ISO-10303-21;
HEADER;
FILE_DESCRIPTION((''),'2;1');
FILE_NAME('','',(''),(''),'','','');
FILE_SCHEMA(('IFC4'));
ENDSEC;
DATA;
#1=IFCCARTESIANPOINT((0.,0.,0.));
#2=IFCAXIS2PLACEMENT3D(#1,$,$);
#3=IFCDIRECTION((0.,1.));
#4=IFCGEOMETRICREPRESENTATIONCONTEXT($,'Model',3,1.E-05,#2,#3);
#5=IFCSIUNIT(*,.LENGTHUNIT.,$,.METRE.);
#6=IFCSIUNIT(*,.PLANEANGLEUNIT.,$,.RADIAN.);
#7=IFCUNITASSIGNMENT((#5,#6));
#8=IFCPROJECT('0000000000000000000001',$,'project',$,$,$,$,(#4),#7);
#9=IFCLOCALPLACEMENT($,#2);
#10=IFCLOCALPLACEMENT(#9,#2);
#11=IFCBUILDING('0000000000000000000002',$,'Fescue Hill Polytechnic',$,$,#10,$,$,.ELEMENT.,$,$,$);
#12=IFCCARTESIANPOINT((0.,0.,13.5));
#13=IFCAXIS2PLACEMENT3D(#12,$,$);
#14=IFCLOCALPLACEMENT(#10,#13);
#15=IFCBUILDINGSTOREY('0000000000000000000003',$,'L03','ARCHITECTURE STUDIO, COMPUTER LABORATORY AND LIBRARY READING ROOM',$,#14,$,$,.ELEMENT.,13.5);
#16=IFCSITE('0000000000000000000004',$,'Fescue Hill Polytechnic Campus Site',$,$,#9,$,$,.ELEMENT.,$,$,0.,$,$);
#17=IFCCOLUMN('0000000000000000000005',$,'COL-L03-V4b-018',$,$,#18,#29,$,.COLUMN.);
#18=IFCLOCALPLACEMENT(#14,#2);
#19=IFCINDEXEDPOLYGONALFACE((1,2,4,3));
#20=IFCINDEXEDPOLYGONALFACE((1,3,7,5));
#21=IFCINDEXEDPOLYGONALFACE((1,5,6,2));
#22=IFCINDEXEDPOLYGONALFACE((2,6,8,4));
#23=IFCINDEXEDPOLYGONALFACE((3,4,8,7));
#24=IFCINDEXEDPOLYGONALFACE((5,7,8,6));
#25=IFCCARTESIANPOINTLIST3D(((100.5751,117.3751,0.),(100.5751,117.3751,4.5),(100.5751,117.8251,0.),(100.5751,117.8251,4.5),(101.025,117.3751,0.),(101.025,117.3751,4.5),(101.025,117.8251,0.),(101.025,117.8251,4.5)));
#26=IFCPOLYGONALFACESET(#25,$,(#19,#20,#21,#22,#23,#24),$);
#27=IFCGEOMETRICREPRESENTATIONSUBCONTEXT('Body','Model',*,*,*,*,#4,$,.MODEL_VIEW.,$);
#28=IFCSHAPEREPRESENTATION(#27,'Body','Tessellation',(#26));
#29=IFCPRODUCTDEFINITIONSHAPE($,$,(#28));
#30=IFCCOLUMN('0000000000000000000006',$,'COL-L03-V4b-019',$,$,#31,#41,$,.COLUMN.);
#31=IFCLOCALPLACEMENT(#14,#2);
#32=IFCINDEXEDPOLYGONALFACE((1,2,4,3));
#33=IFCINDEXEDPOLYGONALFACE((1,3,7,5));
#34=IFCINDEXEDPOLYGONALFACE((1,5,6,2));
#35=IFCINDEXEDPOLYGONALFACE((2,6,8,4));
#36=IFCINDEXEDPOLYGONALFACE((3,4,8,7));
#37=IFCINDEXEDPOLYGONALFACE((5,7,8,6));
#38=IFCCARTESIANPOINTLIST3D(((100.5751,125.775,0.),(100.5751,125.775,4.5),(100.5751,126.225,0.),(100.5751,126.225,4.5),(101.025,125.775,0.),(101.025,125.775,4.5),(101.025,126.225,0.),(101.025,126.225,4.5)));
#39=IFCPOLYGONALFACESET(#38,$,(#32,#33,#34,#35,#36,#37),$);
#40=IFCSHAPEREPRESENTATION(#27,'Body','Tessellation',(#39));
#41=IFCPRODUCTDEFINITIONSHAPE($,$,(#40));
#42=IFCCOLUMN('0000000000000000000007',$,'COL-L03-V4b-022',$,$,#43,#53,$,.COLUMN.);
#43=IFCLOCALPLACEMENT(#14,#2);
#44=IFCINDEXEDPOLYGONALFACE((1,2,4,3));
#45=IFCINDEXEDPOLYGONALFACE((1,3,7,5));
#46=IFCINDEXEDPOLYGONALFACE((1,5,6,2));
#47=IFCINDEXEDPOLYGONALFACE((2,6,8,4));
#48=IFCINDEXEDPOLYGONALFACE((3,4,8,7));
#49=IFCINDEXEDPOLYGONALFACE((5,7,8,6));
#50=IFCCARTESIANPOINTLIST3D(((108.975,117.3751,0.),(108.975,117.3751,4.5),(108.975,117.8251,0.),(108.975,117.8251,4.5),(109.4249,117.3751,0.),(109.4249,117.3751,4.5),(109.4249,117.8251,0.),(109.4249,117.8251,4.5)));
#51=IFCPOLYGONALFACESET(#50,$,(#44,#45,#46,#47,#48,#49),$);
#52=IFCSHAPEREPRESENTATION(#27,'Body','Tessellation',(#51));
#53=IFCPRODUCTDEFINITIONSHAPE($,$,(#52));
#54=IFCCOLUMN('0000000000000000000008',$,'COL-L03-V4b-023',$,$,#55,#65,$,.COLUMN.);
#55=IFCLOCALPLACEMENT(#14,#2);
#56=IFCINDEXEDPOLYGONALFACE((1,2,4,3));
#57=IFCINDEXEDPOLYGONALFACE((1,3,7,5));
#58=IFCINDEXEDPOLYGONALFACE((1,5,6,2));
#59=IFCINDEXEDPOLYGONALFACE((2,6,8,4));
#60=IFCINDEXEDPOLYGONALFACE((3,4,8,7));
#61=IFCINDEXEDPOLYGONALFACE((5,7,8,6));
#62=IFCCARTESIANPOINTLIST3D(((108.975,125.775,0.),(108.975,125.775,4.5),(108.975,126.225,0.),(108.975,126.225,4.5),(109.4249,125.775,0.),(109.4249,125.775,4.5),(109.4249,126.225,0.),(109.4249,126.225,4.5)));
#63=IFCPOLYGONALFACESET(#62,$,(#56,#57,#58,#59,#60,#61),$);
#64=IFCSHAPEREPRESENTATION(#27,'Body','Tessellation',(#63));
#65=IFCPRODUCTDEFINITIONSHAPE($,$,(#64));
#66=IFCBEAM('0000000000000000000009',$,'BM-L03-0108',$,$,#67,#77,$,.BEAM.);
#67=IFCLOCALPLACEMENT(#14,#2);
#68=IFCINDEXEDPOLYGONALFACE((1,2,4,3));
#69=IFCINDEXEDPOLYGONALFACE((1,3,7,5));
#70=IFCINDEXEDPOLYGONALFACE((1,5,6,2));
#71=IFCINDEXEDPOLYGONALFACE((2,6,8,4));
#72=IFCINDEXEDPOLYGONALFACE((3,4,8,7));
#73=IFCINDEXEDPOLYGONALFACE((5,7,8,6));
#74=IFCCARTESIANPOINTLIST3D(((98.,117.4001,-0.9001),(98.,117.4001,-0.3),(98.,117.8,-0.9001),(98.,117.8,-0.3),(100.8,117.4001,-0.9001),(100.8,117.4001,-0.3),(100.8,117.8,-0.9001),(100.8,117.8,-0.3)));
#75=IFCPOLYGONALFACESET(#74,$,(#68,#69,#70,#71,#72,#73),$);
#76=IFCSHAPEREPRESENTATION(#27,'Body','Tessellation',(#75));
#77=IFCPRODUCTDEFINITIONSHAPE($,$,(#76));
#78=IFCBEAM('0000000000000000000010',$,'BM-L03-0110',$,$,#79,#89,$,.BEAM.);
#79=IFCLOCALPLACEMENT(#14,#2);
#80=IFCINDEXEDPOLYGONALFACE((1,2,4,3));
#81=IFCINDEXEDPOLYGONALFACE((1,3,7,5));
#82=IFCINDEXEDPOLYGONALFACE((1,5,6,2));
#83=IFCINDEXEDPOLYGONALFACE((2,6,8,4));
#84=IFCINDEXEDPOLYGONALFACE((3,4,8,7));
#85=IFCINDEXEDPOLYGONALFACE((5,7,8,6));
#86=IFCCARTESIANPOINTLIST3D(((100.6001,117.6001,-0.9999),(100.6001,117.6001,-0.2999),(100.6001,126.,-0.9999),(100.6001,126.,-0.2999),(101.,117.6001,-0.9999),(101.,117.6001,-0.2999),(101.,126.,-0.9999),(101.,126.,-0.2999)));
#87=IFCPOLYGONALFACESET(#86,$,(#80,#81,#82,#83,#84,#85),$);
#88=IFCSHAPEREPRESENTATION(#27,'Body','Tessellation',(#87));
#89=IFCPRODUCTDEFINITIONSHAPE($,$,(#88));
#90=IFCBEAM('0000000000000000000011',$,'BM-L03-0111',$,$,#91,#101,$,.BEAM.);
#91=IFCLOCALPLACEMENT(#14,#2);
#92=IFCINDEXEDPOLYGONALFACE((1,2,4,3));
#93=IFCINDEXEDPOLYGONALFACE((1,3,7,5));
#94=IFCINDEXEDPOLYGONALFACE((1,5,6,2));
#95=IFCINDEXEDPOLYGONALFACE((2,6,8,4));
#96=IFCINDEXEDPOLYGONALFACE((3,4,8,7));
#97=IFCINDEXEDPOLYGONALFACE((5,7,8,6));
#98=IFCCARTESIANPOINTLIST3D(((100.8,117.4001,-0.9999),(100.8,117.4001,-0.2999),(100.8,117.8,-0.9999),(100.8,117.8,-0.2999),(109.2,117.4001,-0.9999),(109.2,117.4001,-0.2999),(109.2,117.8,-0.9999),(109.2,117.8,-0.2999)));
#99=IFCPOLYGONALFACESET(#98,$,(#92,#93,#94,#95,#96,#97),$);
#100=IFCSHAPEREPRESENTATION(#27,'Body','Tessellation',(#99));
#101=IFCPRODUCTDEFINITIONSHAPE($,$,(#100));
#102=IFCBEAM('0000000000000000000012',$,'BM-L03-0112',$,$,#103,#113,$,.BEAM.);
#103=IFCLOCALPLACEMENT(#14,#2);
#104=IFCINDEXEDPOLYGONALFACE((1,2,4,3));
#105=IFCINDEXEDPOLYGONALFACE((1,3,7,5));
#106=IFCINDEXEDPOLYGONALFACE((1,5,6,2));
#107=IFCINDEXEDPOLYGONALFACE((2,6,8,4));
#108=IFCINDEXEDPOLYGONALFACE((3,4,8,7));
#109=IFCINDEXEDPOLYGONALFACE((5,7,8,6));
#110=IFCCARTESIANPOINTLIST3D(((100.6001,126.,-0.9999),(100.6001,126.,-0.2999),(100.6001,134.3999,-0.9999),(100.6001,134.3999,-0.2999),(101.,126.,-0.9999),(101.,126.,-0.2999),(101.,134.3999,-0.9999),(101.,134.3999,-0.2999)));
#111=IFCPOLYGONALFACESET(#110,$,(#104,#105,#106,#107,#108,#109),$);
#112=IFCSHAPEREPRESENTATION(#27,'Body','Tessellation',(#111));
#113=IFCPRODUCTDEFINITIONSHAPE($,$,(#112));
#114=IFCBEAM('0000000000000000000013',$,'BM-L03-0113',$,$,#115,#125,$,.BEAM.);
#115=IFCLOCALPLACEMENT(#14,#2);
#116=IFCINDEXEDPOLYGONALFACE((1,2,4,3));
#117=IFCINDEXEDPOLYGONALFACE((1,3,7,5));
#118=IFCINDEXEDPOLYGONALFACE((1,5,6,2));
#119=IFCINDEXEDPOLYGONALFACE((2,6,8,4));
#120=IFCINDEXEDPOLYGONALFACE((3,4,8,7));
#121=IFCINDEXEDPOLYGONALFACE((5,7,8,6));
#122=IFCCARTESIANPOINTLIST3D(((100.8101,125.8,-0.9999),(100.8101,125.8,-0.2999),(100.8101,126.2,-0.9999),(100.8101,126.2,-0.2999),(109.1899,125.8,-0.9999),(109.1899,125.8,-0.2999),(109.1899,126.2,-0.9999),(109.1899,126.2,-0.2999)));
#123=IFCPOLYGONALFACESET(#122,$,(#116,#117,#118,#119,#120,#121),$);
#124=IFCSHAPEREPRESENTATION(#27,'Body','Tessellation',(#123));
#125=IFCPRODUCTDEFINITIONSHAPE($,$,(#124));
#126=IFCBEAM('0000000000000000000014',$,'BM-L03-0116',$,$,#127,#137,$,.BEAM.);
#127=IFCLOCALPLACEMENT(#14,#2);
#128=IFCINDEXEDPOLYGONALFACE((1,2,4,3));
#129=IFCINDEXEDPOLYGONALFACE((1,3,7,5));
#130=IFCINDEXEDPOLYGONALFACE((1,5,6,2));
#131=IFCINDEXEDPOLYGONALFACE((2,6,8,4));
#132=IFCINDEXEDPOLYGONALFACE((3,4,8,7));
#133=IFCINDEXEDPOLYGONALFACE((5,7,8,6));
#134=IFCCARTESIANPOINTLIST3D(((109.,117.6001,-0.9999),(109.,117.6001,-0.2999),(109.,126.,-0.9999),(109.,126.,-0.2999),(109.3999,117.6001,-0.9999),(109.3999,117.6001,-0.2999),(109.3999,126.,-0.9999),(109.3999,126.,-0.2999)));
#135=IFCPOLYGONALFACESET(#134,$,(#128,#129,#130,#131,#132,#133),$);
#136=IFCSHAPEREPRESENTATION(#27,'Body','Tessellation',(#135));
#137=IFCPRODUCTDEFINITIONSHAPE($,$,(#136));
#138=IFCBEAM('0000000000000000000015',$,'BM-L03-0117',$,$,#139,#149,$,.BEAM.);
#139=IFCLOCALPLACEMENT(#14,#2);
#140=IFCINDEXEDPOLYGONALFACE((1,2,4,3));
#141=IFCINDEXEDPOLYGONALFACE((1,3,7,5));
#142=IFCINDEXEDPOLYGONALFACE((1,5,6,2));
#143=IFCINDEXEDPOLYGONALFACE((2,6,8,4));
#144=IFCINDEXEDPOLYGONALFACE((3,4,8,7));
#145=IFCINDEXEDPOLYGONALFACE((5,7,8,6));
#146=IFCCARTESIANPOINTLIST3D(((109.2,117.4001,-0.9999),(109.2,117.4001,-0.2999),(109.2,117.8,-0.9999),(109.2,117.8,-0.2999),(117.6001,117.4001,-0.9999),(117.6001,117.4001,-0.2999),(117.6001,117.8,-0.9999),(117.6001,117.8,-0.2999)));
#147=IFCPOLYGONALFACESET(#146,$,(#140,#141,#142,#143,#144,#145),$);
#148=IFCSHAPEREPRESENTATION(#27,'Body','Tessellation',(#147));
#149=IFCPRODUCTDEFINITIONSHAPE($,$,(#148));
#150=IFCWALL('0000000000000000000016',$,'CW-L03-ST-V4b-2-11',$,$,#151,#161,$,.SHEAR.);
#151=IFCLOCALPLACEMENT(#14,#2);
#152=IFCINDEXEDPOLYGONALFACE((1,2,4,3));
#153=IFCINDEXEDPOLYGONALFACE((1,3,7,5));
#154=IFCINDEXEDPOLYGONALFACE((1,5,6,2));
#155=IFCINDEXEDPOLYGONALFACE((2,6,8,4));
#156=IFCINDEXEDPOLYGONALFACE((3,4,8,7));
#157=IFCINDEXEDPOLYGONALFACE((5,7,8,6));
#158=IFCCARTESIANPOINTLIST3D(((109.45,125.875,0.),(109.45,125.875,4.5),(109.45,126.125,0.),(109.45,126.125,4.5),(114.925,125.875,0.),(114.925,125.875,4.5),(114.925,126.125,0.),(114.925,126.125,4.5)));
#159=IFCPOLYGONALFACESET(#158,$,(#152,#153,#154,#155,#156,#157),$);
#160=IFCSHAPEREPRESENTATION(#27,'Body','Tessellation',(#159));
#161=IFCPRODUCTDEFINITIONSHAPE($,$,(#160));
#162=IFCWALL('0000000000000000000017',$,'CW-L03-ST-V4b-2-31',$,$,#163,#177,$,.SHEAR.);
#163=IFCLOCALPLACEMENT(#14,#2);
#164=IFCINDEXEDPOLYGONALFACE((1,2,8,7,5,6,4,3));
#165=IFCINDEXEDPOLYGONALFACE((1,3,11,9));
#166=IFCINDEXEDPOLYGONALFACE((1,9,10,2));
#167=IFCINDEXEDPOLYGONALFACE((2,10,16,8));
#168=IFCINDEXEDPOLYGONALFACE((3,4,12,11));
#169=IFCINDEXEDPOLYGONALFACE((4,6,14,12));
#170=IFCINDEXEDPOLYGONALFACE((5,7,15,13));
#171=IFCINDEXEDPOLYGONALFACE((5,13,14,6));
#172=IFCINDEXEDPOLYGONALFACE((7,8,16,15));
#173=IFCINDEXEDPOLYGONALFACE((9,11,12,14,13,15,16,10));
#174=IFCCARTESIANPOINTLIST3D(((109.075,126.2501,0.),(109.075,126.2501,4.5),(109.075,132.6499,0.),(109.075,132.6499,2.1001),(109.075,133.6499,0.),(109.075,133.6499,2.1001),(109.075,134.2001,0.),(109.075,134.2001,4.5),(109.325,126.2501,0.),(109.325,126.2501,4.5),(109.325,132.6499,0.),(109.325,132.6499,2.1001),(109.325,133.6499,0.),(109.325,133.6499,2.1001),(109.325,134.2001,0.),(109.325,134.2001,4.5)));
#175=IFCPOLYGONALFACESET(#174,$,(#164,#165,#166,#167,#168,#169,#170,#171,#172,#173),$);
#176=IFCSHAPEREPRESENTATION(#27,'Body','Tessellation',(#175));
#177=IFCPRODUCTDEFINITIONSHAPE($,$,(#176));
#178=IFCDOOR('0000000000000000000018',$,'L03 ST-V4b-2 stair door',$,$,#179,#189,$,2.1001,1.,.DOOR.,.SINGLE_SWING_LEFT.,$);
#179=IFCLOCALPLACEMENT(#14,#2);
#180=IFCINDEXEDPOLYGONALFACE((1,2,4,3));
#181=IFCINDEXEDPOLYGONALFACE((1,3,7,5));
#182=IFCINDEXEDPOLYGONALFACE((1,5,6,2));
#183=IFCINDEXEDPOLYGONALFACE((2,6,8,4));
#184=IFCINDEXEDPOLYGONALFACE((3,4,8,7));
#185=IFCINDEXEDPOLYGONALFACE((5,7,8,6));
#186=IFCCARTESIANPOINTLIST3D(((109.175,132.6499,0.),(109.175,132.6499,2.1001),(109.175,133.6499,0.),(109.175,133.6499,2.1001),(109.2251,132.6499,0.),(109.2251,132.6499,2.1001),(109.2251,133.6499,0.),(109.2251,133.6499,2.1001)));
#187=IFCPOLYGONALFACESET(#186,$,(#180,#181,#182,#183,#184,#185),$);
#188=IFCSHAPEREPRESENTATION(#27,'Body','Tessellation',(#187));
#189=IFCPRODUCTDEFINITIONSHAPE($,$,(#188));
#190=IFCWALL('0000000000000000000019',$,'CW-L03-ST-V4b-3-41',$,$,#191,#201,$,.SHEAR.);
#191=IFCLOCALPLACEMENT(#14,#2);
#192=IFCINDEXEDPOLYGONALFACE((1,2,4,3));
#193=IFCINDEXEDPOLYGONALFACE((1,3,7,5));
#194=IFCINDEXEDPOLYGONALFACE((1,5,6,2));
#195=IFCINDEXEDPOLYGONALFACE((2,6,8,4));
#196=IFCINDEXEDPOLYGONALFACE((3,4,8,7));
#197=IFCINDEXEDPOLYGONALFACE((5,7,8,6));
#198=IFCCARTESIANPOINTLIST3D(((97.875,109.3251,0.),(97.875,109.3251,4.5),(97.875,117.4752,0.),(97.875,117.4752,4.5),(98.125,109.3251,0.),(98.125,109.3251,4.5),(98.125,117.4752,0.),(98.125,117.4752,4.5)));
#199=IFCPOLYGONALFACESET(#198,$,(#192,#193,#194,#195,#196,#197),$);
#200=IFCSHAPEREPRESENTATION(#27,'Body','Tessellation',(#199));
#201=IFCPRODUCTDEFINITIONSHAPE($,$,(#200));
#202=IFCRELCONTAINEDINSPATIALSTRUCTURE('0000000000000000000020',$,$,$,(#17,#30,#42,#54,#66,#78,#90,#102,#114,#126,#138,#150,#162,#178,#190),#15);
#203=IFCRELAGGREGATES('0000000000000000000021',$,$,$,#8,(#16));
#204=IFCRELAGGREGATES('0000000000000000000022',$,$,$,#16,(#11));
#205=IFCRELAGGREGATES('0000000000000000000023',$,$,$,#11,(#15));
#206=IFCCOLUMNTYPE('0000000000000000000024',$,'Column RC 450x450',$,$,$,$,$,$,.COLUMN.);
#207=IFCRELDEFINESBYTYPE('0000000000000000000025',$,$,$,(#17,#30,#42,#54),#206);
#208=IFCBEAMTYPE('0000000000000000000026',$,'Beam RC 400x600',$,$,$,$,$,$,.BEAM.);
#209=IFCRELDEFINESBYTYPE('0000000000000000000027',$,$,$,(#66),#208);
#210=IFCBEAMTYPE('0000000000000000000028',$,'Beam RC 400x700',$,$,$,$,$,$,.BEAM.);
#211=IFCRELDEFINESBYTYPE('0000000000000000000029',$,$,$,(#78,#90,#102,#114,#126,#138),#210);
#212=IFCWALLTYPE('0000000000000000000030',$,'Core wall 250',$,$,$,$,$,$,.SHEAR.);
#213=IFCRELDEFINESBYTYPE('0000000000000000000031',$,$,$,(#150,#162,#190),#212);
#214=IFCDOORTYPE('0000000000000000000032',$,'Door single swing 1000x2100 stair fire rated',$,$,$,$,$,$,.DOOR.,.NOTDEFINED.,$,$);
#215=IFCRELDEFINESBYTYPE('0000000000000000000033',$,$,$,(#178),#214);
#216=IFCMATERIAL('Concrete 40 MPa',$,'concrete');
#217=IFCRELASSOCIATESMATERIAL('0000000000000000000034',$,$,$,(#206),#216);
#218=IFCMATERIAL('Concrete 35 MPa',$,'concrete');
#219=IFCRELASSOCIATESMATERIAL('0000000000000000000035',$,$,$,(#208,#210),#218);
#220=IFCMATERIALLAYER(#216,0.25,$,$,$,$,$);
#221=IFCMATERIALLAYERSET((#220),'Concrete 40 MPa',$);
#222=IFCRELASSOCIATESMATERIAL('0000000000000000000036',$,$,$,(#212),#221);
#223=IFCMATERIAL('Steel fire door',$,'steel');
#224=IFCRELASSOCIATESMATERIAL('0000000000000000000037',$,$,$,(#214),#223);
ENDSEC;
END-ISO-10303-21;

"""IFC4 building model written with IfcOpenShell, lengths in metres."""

from ifc_helpers import new_model, si_unit, direction, frame, frame_2d, origin, origin_2d, place, context, subcontext, project, spatial, rectangle, extrude, material, layer, layer_set, material_profile, profile_set, type_object, element, fill, save


model = new_model("IFC4")

# Units and contexts
model_context = context("Model", 3, precision=1e-05, world=origin(), true_north=direction((0.0, 1.0)))
body_context = subcontext(model_context, "Body", "Model", "MODEL_VIEW")
ifc_project = project(units=[si_unit("LENGTHUNIT", "METRE"), si_unit("PLANEANGLEUNIT", "RADIAN")], contexts=[model_context])

# Site, building, storey
site_placement = place(None, origin())
site = spatial("IfcSite", under=ifc_project, at=site_placement, Name="Fescue Hill Polytechnic Campus Site", CompositionType="ELEMENT", RefElevation=0.0)
building_placement = place(site_placement, origin())
building = spatial("IfcBuilding", under=site, at=building_placement, Name="Fescue Hill Polytechnic", CompositionType="ELEMENT")
storey_placement = place(building_placement, frame((0.0, 0.0, 13.5)))
storey = spatial("IfcBuildingStorey", under=building, at=storey_placement, Name="L03", Description="ARCHITECTURE STUDIO, COMPUTER LABORATORY AND LIBRARY READING ROOM", CompositionType="ELEMENT", Elevation=13.5)

# Columns
ifc_material_1 = material(Name="Concrete 40 MPa", Category="concrete")
ifc_material_profile_1 = material_profile(ifc_material_1, rectangle(XDim=0.45, YDim=0.45, at=origin_2d()), Name="RC 450x450")
ifc_profile_set_1 = profile_set([ifc_material_profile_1], Name="Concrete 40 MPa")
column_type = type_object("IfcColumnType", Name="Column RC 450x450", PredefinedType="COLUMN", material=ifc_profile_set_1)
for number, where, z_axis, x_axis, name in (
    (1, (100.8, 117.6001, 0.0), (0.0, 0.0, 1.0), (1.0, 0.0, 0.0), "COL-L03-V4b-018"),
    (2, (100.8, 126.0, 0.0), (0.0, 0.0, 1.0), (1.0, 0.0, 0.0), "COL-L03-V4b-019"),
    (3, (109.2, 117.6001, 0.0), (0.0, 0.0, 1.0), (1.0, 0.0, 0.0), "COL-L03-V4b-022"),
    (4, (109.2, 126.0, 0.0), (0.0, 0.0, 1.0), (1.0, 0.0, 0.0), "COL-L03-V4b-023"),
):
    element("IfcColumn", number, at=place(storey_placement, frame(where, z_axis=z_axis, x_axis=x_axis)), inside=storey, type_object=column_type, Name=name, PredefinedType="COLUMN", context=body_context, shape_type="SweptSolid", body=[
        extrude(rectangle(XDim=0.45, YDim=0.45, at=origin_2d()), origin(), (0.0, 0.0, 1.0), 4.5),
    ])

# Beams
ifc_material_2 = material(Name="Concrete 35 MPa", Category="concrete")
ifc_material_profile_2 = material_profile(ifc_material_2, rectangle(XDim=0.3999, YDim=0.6001, at=origin_2d()), Name="RC 400x600")
ifc_profile_set_2 = profile_set([ifc_material_profile_2], Name="Concrete 35 MPa")
beam_type_1 = type_object("IfcBeamType", Name="Beam RC 400x600", PredefinedType="BEAM", material=ifc_profile_set_2)
beam_1_placement = place(storey_placement, frame((98.0, 117.6001, -0.6001), z_axis=(1.0, 0.0, 0.0), x_axis=(0.0, 1.0, 0.0)))
element("IfcBeam", 5, at=beam_1_placement, inside=storey, type_object=beam_type_1, Name="BM-L03-0108", PredefinedType="BEAM", context=body_context, shape_type="SweptSolid", body=[
    extrude(rectangle(XDim=0.3999, YDim=0.6001, at=origin_2d()), origin(), (0.0, 0.0, 1.0), 2.8),
])
ifc_material_profile_3 = material_profile(ifc_material_2, rectangle(XDim=0.3999, YDim=0.7, at=origin_2d()), Name="RC 400x700")
ifc_profile_set_3 = profile_set([ifc_material_profile_3], Name="Concrete 35 MPa")
beam_type_2 = type_object("IfcBeamType", Name="Beam RC 400x700", PredefinedType="BEAM", material=ifc_profile_set_3)
for number, where, z_axis, x_axis, name in (
    (6, (100.8, 117.6001, -0.6499), (0.0, 1.0, 0.0), (-1.0, 0.0, 0.0), "BM-L03-0110"),
    (7, (100.8, 117.6001, -0.6499), (1.0, 0.0, 0.0), (0.0, 1.0, 0.0), "BM-L03-0111"),
    (8, (100.8, 126.0, -0.6499), (0.0, 1.0, 0.0), (-1.0, 0.0, 0.0), "BM-L03-0112"),
):
    element("IfcBeam", number, at=place(storey_placement, frame(where, z_axis=z_axis, x_axis=x_axis)), inside=storey, type_object=beam_type_2, Name=name, PredefinedType="BEAM", context=body_context, shape_type="SweptSolid", body=[
        extrude(rectangle(XDim=0.3999, YDim=0.7, at=origin_2d()), origin(), (0.0, 0.0, 1.0), 8.3999),
    ])
beam_2_placement = place(storey_placement, frame((100.8101, 126.0, -0.6499), z_axis=(1.0, 0.0, 0.0), x_axis=(0.0, 1.0, 0.0)))
element("IfcBeam", 9, at=beam_2_placement, inside=storey, type_object=beam_type_2, Name="BM-L03-0113", PredefinedType="BEAM", context=body_context, shape_type="SweptSolid", body=[
    extrude(rectangle(XDim=0.3999, YDim=0.7, at=origin_2d()), origin(), (0.0, 0.0, 1.0), 8.3799),
])
beam_3_placement = place(storey_placement, frame((109.2, 117.6001, -0.6499), z_axis=(0.0, 1.0, 0.0), x_axis=(-1.0, 0.0, 0.0)))
element("IfcBeam", 10, at=beam_3_placement, inside=storey, type_object=beam_type_2, Name="BM-L03-0116", PredefinedType="BEAM", context=body_context, shape_type="SweptSolid", body=[
    extrude(rectangle(XDim=0.3999, YDim=0.7, at=origin_2d()), origin(), (0.0, 0.0, 1.0), 8.3999),
])
beam_4_placement = place(storey_placement, frame((109.2, 117.6001, -0.6499), z_axis=(1.0, 0.0, 0.0), x_axis=(0.0, 1.0, 0.0)))
element("IfcBeam", 11, at=beam_4_placement, inside=storey, type_object=beam_type_2, Name="BM-L03-0117", PredefinedType="BEAM", context=body_context, shape_type="SweptSolid", body=[
    extrude(rectangle(XDim=0.3999, YDim=0.7, at=origin_2d()), origin(), (0.0, 0.0, 1.0), 8.4001),
])

# Wall
ifc_layer_1 = layer(ifc_material_1, 0.25)
ifc_layer_set_1 = layer_set([ifc_layer_1], Name="Concrete 40 MPa")
wall_type_1 = type_object("IfcWallType", Name="Core wall 250", PredefinedType="SHEAR", material=ifc_layer_set_1)
wall_1_placement = place(storey_placement, frame((109.45, 126.0, 0.0), z_axis=(0.0, 0.0, 1.0), x_axis=(1.0, 0.0, 0.0)))
element("IfcWall", 12, at=wall_1_placement, inside=storey, type_object=wall_type_1, Name="CW-L03-ST-V4b-2-11", PredefinedType="SHEAR", context=body_context, shape_type="SweptSolid", body=[
    extrude(rectangle(XDim=5.4751, YDim=0.25, at=frame_2d((2.7375, 0.0))), origin(), (0.0, 0.0, 1.0), 4.5),
])

# Wall, opening, door
wall_2_placement = place(storey_placement, frame((109.2, 126.25, 0.0), z_axis=(0.0, 0.0, 1.0), x_axis=(0.0, 1.0, 0.0)))
wall_2 = element("IfcWall", 13, at=wall_2_placement, inside=storey, type_object=wall_type_1, Name="CW-L03-ST-V4b-2-31", PredefinedType="SHEAR", context=body_context, shape_type="SweptSolid", body=[
    extrude(rectangle(XDim=7.95, YDim=0.25, at=frame_2d((3.9751, 0.0))), origin(), (0.0, 0.0, 1.0), 4.5),
])
opening_1_placement = place(wall_2_placement, frame((6.3999, 0.0, 0.0)))
opening_1 = element("IfcOpeningElement", 14, at=opening_1_placement, cuts=wall_2, PredefinedType="OPENING", context=body_context, shape_type="SweptSolid", body=[
    extrude(rectangle(XDim=1.0, YDim=2.1001, at=frame_2d((0.5, 1.05))), frame((0.0, 0.135, 0.0), z_axis=(0.0, -1.0, 0.0), x_axis=(1.0, 0.0, 0.0)), (0.0, 0.0, 1.0), 0.27),
])
ifc_material_3 = material(Name="Steel fire door", Category="steel")
door_type_1 = type_object("IfcDoorType", Name="Door single swing 1000x2100 stair fire rated", OperationType="NOTDEFINED", PredefinedType="DOOR", material=ifc_material_3)
door_1_placement = place(opening_1_placement, origin())
door_1 = element("IfcDoor", 15, at=door_1_placement, inside=storey, type_object=door_type_1, Name="L03 ST-V4b-2 stair door", OperationType="SINGLE_SWING_LEFT", OverallHeight=2.1001, OverallWidth=1.0, PredefinedType="DOOR", context=body_context, shape_type="SweptSolid", body=[
    extrude(rectangle(XDim=1.0, YDim=2.1001, at=frame_2d((0.5, 1.05))), frame((0.0, 0.0249, 0.0), z_axis=(0.0, -1.0, 0.0), x_axis=(1.0, 0.0, 0.0)), (0.0, 0.0, 1.0), 0.05),
])
fill(opening_1, door_1)

# Wall
wall_3_placement = place(storey_placement, frame((98.0, 109.325, 0.0), z_axis=(0.0, 0.0, 1.0), x_axis=(0.0, 1.0, 0.0)))
element("IfcWall", 16, at=wall_3_placement, inside=storey, type_object=wall_type_1, Name="CW-L03-ST-V4b-3-41", PredefinedType="SHEAR", context=body_context, shape_type="SweptSolid", body=[
    extrude(rectangle(XDim=8.1501, YDim=0.25, at=frame_2d((4.0752, 0.0))), origin(), (0.0, 0.0, 1.0), 4.5),
])

save(model, "model.ifc")
